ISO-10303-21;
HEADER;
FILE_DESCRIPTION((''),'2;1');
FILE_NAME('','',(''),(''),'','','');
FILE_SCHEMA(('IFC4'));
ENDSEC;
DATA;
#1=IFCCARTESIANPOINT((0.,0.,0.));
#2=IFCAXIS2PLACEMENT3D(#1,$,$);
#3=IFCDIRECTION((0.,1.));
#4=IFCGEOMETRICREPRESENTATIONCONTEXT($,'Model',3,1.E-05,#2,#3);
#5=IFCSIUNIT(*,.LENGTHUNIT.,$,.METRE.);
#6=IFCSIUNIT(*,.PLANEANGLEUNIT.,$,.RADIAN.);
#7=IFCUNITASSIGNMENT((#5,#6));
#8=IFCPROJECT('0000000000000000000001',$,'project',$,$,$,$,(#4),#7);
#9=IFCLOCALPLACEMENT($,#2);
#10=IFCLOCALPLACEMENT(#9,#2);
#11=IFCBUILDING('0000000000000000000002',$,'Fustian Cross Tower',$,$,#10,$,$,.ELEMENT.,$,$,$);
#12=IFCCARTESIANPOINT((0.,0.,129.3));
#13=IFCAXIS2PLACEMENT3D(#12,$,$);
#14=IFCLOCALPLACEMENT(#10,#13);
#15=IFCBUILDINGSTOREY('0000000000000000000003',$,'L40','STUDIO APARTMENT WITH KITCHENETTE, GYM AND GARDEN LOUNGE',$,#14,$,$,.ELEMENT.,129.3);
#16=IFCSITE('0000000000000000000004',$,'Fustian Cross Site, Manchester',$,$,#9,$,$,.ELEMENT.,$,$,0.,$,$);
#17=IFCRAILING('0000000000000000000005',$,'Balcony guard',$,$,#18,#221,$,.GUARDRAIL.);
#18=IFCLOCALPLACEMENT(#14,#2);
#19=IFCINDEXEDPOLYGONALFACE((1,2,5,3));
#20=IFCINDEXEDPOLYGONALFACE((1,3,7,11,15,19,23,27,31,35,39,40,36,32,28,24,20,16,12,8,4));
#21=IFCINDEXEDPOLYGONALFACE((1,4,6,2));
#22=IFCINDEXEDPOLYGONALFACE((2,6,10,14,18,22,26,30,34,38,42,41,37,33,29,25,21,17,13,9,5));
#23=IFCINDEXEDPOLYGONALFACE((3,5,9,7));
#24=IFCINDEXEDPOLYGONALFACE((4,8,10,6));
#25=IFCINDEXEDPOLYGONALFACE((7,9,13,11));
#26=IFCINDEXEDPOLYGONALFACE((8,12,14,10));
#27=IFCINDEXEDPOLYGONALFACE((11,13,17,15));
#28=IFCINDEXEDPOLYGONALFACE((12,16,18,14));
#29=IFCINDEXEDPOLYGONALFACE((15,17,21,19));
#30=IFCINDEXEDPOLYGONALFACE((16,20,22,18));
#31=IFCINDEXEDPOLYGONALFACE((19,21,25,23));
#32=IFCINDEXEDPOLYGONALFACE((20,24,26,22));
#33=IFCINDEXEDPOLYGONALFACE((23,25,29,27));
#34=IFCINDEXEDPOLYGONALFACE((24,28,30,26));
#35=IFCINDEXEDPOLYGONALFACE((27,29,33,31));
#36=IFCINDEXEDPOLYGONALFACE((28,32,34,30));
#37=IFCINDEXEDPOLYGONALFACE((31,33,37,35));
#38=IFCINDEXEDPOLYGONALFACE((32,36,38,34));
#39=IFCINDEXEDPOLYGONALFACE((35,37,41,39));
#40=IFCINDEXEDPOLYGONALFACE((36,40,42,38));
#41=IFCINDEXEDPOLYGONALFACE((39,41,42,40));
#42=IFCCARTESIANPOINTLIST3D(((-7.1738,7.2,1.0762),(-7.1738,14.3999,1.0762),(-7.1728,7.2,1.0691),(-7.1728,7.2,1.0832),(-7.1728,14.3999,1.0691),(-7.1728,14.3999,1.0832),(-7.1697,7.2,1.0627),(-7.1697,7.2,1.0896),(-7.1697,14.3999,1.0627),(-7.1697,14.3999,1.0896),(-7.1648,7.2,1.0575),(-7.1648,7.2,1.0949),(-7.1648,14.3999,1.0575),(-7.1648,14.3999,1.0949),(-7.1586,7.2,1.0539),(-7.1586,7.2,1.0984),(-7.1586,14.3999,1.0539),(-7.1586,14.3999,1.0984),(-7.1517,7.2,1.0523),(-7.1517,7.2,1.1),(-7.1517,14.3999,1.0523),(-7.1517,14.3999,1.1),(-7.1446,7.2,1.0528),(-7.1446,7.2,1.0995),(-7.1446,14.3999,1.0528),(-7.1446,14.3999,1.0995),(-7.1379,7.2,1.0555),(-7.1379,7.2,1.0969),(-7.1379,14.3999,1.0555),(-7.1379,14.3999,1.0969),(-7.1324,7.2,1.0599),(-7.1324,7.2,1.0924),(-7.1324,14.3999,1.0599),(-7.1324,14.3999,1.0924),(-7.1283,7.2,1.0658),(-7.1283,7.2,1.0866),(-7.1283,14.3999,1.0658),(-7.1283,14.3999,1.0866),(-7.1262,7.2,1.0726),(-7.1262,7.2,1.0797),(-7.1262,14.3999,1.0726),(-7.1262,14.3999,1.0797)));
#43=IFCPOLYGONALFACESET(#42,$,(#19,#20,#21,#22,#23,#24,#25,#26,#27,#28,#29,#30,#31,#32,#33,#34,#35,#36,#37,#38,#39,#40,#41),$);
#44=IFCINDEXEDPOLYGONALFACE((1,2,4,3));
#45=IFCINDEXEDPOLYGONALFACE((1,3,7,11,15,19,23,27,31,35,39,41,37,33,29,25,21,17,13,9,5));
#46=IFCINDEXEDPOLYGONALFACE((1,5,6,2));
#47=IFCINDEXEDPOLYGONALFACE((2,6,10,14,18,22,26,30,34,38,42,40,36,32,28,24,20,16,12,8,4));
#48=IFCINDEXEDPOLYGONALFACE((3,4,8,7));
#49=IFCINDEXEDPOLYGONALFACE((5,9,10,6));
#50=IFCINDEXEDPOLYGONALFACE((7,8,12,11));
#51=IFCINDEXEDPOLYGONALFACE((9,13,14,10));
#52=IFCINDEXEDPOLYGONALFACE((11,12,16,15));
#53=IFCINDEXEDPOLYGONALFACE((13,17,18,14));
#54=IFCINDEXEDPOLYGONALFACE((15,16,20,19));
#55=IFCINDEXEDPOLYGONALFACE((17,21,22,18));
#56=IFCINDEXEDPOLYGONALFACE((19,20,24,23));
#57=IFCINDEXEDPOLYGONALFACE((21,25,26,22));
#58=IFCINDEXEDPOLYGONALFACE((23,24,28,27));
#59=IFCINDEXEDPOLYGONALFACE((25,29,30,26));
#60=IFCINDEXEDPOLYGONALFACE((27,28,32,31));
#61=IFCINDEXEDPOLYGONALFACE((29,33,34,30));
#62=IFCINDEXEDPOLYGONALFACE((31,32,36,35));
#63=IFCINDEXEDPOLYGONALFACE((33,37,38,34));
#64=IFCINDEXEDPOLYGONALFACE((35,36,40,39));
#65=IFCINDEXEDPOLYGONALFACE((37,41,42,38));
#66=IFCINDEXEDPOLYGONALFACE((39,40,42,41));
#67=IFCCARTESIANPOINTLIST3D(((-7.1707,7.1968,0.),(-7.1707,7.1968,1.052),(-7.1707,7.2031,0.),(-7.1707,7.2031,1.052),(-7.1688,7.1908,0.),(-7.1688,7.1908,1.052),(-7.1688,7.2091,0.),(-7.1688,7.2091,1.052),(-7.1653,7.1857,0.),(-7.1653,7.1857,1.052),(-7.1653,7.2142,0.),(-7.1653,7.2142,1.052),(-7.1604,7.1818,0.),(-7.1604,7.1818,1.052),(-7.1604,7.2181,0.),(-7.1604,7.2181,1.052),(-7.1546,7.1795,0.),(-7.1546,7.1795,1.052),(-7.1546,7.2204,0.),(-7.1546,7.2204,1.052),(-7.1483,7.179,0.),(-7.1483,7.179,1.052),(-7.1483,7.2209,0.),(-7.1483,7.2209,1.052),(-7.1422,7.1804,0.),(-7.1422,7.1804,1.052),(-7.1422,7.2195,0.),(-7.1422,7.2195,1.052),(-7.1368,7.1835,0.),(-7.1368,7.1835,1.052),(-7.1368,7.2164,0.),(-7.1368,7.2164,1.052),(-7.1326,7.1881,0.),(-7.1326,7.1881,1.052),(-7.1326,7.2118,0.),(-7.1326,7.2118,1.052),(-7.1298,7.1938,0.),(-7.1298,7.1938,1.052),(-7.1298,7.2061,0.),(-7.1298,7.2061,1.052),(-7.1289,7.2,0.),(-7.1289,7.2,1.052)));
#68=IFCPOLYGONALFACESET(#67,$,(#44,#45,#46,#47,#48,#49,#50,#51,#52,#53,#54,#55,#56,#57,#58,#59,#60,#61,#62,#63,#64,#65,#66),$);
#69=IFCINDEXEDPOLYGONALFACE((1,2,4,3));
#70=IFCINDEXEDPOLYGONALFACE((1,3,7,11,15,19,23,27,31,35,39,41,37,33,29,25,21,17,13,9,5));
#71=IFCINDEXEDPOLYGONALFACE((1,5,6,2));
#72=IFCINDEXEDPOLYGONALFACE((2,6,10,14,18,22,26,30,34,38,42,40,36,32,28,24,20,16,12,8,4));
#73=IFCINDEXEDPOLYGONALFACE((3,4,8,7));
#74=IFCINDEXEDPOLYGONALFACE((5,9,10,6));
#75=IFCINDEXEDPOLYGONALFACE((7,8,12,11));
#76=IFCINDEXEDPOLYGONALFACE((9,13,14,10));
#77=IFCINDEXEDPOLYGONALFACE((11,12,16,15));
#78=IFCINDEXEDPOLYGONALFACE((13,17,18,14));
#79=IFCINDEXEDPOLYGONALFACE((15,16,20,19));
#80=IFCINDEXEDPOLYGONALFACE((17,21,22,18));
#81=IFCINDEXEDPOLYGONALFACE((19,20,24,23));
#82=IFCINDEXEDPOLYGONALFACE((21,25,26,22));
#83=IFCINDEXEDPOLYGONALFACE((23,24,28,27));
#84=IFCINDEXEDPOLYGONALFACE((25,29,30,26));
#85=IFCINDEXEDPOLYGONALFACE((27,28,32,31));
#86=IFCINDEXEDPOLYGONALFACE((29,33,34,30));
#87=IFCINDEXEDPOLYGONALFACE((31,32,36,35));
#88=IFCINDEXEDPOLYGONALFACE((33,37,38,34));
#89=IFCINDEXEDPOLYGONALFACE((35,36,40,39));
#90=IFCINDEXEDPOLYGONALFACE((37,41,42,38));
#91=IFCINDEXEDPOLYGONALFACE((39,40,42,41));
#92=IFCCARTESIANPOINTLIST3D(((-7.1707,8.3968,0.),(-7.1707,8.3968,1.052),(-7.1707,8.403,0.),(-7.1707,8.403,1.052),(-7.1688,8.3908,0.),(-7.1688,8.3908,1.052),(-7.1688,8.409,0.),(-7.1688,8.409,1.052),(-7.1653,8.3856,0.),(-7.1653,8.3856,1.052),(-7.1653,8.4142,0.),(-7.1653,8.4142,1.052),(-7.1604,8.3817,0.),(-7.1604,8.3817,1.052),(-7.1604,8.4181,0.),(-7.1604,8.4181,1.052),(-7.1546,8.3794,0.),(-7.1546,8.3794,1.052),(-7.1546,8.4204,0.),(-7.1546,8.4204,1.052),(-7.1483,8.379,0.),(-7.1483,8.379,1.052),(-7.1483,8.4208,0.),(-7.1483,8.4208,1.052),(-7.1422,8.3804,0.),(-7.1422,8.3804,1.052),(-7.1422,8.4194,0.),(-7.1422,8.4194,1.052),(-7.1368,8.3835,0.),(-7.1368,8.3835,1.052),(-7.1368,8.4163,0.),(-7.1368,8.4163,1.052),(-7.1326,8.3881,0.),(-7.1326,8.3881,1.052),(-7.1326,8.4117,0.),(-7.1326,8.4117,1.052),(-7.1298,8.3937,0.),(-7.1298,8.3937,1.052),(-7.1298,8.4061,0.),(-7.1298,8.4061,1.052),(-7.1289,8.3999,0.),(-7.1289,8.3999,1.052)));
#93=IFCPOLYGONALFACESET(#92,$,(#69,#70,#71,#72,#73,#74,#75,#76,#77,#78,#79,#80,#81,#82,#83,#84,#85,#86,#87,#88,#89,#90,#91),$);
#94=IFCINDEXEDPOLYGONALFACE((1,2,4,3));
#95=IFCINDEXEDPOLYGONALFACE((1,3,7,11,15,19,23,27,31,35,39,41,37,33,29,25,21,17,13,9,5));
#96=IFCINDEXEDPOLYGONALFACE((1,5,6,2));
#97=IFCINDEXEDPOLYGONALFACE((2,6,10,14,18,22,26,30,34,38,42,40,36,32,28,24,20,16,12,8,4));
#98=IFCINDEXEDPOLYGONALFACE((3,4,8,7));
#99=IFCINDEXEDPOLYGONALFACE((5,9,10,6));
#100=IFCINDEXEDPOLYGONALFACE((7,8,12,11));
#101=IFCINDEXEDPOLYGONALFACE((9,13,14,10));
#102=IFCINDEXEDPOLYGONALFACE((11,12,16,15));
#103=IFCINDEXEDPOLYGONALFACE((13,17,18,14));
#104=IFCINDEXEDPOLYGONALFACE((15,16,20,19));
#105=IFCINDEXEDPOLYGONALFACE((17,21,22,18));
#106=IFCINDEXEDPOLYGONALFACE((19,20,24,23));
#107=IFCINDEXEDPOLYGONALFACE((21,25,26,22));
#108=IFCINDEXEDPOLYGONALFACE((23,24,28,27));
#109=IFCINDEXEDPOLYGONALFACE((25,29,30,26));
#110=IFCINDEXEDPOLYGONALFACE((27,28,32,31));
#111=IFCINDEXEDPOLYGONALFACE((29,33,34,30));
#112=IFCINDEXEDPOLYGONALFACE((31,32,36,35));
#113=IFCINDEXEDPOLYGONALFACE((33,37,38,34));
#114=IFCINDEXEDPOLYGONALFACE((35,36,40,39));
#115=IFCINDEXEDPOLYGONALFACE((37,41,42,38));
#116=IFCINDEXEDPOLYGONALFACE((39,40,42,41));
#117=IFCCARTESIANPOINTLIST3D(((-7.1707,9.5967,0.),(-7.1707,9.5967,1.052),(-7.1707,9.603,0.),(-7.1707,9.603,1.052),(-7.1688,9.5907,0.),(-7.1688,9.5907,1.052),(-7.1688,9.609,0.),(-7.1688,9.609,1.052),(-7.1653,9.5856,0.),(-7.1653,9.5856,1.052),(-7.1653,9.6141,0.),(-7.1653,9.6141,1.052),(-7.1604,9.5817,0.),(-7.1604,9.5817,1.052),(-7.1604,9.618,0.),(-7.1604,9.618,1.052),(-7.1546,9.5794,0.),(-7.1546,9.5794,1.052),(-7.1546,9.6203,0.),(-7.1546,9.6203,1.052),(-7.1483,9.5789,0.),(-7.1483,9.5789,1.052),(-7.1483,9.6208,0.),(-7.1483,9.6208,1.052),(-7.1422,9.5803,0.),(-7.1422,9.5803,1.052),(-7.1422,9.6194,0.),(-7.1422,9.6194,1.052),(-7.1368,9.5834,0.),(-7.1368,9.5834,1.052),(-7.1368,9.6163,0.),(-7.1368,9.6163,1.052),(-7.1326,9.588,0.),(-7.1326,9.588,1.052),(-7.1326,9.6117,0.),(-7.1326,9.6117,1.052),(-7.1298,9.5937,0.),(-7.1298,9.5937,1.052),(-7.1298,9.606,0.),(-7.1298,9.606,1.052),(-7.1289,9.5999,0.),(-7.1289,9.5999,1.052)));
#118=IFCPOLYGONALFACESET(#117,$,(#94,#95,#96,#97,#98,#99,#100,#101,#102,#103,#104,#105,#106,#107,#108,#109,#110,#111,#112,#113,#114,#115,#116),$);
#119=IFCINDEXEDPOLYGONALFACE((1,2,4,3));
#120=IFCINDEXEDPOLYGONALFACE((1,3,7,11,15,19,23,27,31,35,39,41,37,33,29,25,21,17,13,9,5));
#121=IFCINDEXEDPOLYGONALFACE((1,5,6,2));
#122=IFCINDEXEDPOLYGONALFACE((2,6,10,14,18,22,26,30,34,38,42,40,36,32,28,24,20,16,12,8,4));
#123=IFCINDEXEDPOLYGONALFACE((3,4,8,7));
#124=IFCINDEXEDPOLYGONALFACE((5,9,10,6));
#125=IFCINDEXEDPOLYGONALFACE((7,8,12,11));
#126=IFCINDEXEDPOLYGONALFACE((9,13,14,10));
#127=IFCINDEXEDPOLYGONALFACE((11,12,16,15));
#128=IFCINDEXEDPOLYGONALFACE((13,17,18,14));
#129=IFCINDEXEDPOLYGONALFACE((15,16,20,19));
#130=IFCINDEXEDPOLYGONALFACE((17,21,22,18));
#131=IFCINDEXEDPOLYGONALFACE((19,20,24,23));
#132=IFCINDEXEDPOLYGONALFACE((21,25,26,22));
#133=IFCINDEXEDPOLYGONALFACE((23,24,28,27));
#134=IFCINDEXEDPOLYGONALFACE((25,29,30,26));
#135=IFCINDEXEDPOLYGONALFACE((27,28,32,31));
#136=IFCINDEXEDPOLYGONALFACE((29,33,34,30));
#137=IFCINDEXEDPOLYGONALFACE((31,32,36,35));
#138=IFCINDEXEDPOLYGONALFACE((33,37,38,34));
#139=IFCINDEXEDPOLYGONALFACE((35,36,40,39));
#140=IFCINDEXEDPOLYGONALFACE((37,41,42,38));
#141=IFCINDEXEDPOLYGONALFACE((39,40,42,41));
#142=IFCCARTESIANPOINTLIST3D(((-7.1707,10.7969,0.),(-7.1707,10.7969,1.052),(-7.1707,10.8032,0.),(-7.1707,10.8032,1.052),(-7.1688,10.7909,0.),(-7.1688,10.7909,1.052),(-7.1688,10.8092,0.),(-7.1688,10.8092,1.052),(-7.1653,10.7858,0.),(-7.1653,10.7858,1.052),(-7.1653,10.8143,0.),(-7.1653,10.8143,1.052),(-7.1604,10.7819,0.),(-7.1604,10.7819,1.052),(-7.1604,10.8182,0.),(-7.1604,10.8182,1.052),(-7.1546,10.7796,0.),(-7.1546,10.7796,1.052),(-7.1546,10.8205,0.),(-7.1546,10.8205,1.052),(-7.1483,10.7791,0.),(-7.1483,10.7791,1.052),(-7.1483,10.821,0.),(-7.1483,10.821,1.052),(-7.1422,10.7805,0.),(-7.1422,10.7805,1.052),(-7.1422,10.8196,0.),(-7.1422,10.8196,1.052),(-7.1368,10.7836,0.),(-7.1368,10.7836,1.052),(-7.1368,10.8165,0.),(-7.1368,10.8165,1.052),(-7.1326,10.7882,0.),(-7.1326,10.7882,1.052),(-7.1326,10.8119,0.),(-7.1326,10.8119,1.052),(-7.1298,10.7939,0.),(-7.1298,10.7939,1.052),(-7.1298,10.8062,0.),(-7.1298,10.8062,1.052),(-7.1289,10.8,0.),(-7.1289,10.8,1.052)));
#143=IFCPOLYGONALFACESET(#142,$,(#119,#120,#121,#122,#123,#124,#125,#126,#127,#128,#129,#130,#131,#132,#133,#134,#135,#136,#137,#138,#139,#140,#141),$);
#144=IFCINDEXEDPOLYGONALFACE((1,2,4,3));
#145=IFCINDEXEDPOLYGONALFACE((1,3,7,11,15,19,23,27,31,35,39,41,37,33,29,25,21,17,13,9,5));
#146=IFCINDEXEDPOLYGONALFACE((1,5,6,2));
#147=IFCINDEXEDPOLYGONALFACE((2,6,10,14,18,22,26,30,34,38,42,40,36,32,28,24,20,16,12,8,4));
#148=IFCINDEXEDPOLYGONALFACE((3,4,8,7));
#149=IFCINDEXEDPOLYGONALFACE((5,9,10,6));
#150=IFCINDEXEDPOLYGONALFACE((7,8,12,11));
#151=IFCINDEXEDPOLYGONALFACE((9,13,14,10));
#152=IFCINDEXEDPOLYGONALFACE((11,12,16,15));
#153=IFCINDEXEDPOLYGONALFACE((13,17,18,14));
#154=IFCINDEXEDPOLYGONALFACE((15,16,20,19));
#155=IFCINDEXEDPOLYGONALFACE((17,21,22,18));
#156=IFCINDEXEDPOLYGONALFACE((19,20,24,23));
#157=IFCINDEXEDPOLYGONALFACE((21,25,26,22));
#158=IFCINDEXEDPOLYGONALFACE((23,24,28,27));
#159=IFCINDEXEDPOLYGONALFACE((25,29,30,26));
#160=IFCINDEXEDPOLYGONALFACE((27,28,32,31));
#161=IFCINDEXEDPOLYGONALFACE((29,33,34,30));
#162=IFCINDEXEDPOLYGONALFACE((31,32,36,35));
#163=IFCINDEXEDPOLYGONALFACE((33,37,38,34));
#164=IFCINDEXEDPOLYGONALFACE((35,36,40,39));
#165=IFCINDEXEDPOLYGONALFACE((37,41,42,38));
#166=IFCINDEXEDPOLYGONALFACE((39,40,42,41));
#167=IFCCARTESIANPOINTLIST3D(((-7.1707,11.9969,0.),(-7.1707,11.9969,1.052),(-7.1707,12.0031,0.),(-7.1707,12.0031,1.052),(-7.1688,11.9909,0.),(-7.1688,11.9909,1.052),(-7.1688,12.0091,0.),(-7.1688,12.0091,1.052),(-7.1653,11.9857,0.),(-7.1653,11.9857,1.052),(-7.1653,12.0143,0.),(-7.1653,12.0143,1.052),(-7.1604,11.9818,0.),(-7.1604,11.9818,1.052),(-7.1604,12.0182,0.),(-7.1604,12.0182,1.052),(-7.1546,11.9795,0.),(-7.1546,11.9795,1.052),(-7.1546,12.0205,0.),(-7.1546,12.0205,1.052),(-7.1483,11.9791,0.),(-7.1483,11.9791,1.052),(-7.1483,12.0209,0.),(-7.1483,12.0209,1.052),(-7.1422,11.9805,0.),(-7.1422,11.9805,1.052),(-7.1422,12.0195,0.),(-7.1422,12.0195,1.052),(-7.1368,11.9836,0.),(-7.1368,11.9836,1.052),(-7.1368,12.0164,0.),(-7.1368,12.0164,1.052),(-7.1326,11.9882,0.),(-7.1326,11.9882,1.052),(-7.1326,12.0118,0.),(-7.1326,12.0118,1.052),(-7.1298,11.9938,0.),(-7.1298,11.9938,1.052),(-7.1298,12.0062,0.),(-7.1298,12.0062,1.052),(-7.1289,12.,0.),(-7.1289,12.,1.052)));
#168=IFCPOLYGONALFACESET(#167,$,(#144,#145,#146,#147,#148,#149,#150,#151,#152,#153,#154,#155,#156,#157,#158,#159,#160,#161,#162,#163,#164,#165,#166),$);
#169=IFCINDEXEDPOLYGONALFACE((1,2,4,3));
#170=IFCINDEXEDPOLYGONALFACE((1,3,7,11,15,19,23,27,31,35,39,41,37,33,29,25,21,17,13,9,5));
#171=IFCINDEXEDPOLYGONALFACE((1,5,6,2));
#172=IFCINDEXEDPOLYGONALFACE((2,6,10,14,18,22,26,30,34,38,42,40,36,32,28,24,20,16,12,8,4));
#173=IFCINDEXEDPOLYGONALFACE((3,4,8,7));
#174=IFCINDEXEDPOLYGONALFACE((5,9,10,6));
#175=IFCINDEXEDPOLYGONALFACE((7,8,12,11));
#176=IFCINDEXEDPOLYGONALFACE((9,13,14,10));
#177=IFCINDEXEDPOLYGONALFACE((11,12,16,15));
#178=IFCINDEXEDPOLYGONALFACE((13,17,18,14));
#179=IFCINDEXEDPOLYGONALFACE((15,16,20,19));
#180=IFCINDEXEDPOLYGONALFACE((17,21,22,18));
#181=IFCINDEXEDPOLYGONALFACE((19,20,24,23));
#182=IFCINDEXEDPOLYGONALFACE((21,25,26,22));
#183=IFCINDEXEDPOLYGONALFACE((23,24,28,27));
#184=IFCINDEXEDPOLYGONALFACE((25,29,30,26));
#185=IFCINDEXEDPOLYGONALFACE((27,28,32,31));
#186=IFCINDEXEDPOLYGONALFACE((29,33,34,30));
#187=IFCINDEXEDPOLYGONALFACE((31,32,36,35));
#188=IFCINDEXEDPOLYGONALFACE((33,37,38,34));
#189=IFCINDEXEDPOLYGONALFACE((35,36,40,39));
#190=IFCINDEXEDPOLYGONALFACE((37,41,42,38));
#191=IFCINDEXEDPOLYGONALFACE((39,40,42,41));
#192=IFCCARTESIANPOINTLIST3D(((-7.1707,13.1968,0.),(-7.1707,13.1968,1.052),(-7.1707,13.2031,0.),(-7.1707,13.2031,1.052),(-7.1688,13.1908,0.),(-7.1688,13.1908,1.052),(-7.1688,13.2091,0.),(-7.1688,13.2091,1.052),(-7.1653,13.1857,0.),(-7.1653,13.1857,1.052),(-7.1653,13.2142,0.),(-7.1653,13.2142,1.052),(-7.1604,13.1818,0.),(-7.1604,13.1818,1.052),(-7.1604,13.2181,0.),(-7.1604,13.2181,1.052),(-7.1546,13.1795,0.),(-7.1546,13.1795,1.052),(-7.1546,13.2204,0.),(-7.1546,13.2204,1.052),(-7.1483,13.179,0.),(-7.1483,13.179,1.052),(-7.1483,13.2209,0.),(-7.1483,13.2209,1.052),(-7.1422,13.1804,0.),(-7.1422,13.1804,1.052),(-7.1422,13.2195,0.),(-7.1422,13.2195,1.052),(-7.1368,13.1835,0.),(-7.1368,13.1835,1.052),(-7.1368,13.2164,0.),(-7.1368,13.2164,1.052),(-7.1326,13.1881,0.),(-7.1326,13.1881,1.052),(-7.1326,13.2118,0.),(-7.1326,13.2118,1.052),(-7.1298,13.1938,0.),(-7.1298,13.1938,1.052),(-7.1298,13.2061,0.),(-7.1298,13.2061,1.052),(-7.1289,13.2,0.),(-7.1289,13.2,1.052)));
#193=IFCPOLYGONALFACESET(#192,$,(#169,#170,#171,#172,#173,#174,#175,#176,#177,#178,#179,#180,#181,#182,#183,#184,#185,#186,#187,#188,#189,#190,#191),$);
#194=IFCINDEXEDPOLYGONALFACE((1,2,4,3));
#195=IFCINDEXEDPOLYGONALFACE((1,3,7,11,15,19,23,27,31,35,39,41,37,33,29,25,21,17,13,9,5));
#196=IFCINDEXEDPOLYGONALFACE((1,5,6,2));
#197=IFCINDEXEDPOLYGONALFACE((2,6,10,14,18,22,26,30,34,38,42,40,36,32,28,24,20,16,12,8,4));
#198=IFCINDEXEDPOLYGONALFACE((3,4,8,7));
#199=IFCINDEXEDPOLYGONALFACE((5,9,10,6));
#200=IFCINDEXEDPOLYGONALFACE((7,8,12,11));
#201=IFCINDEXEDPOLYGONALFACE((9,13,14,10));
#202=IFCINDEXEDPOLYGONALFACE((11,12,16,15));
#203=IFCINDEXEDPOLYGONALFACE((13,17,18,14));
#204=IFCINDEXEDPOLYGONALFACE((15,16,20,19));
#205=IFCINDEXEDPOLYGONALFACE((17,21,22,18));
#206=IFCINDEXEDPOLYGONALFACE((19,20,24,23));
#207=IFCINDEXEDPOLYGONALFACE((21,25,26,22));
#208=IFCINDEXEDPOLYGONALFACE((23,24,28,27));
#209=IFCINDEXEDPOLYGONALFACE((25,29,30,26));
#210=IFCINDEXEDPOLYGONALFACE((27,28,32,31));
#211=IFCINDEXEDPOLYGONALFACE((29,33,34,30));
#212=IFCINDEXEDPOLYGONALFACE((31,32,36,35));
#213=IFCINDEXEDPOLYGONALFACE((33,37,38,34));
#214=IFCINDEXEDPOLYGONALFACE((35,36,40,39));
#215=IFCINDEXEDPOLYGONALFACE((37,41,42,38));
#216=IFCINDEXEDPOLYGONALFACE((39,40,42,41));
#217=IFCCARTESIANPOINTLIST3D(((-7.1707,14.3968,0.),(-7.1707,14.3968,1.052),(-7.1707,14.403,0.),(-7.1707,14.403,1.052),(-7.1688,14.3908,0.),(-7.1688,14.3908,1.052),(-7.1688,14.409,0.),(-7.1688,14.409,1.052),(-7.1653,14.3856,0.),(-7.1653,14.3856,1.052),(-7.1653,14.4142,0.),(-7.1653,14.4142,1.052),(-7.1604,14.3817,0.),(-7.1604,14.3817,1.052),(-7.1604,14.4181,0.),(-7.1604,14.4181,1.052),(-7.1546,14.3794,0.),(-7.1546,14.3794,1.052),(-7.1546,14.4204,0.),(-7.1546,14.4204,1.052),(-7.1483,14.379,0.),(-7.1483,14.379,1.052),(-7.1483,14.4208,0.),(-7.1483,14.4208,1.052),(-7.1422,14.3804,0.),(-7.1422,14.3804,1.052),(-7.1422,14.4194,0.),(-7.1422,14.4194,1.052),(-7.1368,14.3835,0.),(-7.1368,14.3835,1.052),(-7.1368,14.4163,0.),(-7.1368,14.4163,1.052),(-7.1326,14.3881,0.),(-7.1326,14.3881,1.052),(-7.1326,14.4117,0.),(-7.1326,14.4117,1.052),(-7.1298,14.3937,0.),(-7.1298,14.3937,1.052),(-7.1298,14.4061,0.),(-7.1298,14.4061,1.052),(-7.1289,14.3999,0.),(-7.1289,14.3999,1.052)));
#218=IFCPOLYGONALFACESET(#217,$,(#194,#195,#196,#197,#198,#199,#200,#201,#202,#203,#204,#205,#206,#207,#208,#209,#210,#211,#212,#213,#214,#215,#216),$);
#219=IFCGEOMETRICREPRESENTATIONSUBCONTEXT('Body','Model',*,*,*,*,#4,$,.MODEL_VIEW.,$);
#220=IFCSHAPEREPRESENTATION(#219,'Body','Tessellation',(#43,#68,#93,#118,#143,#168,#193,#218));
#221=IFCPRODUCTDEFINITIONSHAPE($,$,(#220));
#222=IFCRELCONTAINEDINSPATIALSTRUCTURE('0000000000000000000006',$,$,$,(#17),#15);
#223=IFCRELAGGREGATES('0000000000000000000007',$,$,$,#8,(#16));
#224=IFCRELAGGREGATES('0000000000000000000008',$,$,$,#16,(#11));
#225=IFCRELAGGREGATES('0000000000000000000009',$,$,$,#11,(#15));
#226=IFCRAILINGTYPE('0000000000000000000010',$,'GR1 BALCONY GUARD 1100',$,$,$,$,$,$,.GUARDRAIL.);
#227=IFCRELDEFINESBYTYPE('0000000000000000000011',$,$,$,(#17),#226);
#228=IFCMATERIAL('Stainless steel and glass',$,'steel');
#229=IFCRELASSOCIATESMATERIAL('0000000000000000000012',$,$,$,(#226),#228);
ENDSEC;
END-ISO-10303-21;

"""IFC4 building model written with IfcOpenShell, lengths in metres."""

from ifc_helpers import new_model, si_unit, direction, frame, origin, origin_2d, place, context, subcontext, project, spatial, circle, extrude, material, type_object, element, save


model = new_model("IFC4")

# Units and contexts
model_context = context("Model", 3, precision=1e-05, world=origin(), true_north=direction((0.0, 1.0)))
body_context = subcontext(model_context, "Body", "Model", "MODEL_VIEW")
ifc_project = project(units=[si_unit("LENGTHUNIT", "METRE"), si_unit("PLANEANGLEUNIT", "RADIAN")], contexts=[model_context])

# Site, building, storey
site_placement = place(None, origin())
site = spatial("IfcSite", under=ifc_project, at=site_placement, Name="Fustian Cross Site, Manchester", CompositionType="ELEMENT", RefElevation=0.0)
building_placement = place(site_placement, origin())
building = spatial("IfcBuilding", under=site, at=building_placement, Name="Fustian Cross Tower", CompositionType="ELEMENT")
storey_placement = place(building_placement, frame((0.0, 0.0, 129.3)))
storey = spatial("IfcBuildingStorey", under=building, at=storey_placement, Name="L40", Description="STUDIO APARTMENT WITH KITCHENETTE, GYM AND GARDEN LOUNGE", CompositionType="ELEMENT", Elevation=129.3)

# Railing
ifc_material_1 = material(Name="Stainless steel and glass", Category="steel")
railing_type = type_object("IfcRailingType", Name="GR1 BALCONY GUARD 1100", PredefinedType="GUARDRAIL", material=ifc_material_1)
railing_placement = place(storey_placement, frame((-7.1499, 7.2, 0.0)))
element("IfcRailing", 1, at=railing_placement, inside=storey, type_object=railing_type, Name="Balcony guard", PredefinedType="GUARDRAIL", context=body_context, shape_type="SweptSolid", body=[
    extrude(circle(Radius=0.0239, at=origin_2d()), frame((0.0, 0.0, 1.0762), z_axis=(0.0, 1.0, 0.0), x_axis=(-1.0, 0.0, 0.0)), (0.0, 0.0, 1.0), 7.2),
    extrude(circle(Radius=0.021, at=origin_2d()), origin(), (0.0, 0.0, 1.0), 1.052),
    extrude(circle(Radius=0.021, at=origin_2d()), frame((0.0, 1.2, 0.0)), (0.0, 0.0, 1.0), 1.052),
    extrude(circle(Radius=0.021, at=origin_2d()), frame((0.0, 2.3999, 0.0)), (0.0, 0.0, 1.0), 1.052),
    extrude(circle(Radius=0.021, at=origin_2d()), frame((0.0, 3.6001, 0.0)), (0.0, 0.0, 1.0), 1.052),
    extrude(circle(Radius=0.021, at=origin_2d()), frame((0.0, 4.8, 0.0)), (0.0, 0.0, 1.0), 1.052),
    extrude(circle(Radius=0.021, at=origin_2d()), frame((0.0, 6.0, 0.0)), (0.0, 0.0, 1.0), 1.052),
    extrude(circle(Radius=0.021, at=origin_2d()), frame((0.0, 7.2, 0.0)), (0.0, 0.0, 1.0), 1.052),
])

save(model, "model.ifc")
